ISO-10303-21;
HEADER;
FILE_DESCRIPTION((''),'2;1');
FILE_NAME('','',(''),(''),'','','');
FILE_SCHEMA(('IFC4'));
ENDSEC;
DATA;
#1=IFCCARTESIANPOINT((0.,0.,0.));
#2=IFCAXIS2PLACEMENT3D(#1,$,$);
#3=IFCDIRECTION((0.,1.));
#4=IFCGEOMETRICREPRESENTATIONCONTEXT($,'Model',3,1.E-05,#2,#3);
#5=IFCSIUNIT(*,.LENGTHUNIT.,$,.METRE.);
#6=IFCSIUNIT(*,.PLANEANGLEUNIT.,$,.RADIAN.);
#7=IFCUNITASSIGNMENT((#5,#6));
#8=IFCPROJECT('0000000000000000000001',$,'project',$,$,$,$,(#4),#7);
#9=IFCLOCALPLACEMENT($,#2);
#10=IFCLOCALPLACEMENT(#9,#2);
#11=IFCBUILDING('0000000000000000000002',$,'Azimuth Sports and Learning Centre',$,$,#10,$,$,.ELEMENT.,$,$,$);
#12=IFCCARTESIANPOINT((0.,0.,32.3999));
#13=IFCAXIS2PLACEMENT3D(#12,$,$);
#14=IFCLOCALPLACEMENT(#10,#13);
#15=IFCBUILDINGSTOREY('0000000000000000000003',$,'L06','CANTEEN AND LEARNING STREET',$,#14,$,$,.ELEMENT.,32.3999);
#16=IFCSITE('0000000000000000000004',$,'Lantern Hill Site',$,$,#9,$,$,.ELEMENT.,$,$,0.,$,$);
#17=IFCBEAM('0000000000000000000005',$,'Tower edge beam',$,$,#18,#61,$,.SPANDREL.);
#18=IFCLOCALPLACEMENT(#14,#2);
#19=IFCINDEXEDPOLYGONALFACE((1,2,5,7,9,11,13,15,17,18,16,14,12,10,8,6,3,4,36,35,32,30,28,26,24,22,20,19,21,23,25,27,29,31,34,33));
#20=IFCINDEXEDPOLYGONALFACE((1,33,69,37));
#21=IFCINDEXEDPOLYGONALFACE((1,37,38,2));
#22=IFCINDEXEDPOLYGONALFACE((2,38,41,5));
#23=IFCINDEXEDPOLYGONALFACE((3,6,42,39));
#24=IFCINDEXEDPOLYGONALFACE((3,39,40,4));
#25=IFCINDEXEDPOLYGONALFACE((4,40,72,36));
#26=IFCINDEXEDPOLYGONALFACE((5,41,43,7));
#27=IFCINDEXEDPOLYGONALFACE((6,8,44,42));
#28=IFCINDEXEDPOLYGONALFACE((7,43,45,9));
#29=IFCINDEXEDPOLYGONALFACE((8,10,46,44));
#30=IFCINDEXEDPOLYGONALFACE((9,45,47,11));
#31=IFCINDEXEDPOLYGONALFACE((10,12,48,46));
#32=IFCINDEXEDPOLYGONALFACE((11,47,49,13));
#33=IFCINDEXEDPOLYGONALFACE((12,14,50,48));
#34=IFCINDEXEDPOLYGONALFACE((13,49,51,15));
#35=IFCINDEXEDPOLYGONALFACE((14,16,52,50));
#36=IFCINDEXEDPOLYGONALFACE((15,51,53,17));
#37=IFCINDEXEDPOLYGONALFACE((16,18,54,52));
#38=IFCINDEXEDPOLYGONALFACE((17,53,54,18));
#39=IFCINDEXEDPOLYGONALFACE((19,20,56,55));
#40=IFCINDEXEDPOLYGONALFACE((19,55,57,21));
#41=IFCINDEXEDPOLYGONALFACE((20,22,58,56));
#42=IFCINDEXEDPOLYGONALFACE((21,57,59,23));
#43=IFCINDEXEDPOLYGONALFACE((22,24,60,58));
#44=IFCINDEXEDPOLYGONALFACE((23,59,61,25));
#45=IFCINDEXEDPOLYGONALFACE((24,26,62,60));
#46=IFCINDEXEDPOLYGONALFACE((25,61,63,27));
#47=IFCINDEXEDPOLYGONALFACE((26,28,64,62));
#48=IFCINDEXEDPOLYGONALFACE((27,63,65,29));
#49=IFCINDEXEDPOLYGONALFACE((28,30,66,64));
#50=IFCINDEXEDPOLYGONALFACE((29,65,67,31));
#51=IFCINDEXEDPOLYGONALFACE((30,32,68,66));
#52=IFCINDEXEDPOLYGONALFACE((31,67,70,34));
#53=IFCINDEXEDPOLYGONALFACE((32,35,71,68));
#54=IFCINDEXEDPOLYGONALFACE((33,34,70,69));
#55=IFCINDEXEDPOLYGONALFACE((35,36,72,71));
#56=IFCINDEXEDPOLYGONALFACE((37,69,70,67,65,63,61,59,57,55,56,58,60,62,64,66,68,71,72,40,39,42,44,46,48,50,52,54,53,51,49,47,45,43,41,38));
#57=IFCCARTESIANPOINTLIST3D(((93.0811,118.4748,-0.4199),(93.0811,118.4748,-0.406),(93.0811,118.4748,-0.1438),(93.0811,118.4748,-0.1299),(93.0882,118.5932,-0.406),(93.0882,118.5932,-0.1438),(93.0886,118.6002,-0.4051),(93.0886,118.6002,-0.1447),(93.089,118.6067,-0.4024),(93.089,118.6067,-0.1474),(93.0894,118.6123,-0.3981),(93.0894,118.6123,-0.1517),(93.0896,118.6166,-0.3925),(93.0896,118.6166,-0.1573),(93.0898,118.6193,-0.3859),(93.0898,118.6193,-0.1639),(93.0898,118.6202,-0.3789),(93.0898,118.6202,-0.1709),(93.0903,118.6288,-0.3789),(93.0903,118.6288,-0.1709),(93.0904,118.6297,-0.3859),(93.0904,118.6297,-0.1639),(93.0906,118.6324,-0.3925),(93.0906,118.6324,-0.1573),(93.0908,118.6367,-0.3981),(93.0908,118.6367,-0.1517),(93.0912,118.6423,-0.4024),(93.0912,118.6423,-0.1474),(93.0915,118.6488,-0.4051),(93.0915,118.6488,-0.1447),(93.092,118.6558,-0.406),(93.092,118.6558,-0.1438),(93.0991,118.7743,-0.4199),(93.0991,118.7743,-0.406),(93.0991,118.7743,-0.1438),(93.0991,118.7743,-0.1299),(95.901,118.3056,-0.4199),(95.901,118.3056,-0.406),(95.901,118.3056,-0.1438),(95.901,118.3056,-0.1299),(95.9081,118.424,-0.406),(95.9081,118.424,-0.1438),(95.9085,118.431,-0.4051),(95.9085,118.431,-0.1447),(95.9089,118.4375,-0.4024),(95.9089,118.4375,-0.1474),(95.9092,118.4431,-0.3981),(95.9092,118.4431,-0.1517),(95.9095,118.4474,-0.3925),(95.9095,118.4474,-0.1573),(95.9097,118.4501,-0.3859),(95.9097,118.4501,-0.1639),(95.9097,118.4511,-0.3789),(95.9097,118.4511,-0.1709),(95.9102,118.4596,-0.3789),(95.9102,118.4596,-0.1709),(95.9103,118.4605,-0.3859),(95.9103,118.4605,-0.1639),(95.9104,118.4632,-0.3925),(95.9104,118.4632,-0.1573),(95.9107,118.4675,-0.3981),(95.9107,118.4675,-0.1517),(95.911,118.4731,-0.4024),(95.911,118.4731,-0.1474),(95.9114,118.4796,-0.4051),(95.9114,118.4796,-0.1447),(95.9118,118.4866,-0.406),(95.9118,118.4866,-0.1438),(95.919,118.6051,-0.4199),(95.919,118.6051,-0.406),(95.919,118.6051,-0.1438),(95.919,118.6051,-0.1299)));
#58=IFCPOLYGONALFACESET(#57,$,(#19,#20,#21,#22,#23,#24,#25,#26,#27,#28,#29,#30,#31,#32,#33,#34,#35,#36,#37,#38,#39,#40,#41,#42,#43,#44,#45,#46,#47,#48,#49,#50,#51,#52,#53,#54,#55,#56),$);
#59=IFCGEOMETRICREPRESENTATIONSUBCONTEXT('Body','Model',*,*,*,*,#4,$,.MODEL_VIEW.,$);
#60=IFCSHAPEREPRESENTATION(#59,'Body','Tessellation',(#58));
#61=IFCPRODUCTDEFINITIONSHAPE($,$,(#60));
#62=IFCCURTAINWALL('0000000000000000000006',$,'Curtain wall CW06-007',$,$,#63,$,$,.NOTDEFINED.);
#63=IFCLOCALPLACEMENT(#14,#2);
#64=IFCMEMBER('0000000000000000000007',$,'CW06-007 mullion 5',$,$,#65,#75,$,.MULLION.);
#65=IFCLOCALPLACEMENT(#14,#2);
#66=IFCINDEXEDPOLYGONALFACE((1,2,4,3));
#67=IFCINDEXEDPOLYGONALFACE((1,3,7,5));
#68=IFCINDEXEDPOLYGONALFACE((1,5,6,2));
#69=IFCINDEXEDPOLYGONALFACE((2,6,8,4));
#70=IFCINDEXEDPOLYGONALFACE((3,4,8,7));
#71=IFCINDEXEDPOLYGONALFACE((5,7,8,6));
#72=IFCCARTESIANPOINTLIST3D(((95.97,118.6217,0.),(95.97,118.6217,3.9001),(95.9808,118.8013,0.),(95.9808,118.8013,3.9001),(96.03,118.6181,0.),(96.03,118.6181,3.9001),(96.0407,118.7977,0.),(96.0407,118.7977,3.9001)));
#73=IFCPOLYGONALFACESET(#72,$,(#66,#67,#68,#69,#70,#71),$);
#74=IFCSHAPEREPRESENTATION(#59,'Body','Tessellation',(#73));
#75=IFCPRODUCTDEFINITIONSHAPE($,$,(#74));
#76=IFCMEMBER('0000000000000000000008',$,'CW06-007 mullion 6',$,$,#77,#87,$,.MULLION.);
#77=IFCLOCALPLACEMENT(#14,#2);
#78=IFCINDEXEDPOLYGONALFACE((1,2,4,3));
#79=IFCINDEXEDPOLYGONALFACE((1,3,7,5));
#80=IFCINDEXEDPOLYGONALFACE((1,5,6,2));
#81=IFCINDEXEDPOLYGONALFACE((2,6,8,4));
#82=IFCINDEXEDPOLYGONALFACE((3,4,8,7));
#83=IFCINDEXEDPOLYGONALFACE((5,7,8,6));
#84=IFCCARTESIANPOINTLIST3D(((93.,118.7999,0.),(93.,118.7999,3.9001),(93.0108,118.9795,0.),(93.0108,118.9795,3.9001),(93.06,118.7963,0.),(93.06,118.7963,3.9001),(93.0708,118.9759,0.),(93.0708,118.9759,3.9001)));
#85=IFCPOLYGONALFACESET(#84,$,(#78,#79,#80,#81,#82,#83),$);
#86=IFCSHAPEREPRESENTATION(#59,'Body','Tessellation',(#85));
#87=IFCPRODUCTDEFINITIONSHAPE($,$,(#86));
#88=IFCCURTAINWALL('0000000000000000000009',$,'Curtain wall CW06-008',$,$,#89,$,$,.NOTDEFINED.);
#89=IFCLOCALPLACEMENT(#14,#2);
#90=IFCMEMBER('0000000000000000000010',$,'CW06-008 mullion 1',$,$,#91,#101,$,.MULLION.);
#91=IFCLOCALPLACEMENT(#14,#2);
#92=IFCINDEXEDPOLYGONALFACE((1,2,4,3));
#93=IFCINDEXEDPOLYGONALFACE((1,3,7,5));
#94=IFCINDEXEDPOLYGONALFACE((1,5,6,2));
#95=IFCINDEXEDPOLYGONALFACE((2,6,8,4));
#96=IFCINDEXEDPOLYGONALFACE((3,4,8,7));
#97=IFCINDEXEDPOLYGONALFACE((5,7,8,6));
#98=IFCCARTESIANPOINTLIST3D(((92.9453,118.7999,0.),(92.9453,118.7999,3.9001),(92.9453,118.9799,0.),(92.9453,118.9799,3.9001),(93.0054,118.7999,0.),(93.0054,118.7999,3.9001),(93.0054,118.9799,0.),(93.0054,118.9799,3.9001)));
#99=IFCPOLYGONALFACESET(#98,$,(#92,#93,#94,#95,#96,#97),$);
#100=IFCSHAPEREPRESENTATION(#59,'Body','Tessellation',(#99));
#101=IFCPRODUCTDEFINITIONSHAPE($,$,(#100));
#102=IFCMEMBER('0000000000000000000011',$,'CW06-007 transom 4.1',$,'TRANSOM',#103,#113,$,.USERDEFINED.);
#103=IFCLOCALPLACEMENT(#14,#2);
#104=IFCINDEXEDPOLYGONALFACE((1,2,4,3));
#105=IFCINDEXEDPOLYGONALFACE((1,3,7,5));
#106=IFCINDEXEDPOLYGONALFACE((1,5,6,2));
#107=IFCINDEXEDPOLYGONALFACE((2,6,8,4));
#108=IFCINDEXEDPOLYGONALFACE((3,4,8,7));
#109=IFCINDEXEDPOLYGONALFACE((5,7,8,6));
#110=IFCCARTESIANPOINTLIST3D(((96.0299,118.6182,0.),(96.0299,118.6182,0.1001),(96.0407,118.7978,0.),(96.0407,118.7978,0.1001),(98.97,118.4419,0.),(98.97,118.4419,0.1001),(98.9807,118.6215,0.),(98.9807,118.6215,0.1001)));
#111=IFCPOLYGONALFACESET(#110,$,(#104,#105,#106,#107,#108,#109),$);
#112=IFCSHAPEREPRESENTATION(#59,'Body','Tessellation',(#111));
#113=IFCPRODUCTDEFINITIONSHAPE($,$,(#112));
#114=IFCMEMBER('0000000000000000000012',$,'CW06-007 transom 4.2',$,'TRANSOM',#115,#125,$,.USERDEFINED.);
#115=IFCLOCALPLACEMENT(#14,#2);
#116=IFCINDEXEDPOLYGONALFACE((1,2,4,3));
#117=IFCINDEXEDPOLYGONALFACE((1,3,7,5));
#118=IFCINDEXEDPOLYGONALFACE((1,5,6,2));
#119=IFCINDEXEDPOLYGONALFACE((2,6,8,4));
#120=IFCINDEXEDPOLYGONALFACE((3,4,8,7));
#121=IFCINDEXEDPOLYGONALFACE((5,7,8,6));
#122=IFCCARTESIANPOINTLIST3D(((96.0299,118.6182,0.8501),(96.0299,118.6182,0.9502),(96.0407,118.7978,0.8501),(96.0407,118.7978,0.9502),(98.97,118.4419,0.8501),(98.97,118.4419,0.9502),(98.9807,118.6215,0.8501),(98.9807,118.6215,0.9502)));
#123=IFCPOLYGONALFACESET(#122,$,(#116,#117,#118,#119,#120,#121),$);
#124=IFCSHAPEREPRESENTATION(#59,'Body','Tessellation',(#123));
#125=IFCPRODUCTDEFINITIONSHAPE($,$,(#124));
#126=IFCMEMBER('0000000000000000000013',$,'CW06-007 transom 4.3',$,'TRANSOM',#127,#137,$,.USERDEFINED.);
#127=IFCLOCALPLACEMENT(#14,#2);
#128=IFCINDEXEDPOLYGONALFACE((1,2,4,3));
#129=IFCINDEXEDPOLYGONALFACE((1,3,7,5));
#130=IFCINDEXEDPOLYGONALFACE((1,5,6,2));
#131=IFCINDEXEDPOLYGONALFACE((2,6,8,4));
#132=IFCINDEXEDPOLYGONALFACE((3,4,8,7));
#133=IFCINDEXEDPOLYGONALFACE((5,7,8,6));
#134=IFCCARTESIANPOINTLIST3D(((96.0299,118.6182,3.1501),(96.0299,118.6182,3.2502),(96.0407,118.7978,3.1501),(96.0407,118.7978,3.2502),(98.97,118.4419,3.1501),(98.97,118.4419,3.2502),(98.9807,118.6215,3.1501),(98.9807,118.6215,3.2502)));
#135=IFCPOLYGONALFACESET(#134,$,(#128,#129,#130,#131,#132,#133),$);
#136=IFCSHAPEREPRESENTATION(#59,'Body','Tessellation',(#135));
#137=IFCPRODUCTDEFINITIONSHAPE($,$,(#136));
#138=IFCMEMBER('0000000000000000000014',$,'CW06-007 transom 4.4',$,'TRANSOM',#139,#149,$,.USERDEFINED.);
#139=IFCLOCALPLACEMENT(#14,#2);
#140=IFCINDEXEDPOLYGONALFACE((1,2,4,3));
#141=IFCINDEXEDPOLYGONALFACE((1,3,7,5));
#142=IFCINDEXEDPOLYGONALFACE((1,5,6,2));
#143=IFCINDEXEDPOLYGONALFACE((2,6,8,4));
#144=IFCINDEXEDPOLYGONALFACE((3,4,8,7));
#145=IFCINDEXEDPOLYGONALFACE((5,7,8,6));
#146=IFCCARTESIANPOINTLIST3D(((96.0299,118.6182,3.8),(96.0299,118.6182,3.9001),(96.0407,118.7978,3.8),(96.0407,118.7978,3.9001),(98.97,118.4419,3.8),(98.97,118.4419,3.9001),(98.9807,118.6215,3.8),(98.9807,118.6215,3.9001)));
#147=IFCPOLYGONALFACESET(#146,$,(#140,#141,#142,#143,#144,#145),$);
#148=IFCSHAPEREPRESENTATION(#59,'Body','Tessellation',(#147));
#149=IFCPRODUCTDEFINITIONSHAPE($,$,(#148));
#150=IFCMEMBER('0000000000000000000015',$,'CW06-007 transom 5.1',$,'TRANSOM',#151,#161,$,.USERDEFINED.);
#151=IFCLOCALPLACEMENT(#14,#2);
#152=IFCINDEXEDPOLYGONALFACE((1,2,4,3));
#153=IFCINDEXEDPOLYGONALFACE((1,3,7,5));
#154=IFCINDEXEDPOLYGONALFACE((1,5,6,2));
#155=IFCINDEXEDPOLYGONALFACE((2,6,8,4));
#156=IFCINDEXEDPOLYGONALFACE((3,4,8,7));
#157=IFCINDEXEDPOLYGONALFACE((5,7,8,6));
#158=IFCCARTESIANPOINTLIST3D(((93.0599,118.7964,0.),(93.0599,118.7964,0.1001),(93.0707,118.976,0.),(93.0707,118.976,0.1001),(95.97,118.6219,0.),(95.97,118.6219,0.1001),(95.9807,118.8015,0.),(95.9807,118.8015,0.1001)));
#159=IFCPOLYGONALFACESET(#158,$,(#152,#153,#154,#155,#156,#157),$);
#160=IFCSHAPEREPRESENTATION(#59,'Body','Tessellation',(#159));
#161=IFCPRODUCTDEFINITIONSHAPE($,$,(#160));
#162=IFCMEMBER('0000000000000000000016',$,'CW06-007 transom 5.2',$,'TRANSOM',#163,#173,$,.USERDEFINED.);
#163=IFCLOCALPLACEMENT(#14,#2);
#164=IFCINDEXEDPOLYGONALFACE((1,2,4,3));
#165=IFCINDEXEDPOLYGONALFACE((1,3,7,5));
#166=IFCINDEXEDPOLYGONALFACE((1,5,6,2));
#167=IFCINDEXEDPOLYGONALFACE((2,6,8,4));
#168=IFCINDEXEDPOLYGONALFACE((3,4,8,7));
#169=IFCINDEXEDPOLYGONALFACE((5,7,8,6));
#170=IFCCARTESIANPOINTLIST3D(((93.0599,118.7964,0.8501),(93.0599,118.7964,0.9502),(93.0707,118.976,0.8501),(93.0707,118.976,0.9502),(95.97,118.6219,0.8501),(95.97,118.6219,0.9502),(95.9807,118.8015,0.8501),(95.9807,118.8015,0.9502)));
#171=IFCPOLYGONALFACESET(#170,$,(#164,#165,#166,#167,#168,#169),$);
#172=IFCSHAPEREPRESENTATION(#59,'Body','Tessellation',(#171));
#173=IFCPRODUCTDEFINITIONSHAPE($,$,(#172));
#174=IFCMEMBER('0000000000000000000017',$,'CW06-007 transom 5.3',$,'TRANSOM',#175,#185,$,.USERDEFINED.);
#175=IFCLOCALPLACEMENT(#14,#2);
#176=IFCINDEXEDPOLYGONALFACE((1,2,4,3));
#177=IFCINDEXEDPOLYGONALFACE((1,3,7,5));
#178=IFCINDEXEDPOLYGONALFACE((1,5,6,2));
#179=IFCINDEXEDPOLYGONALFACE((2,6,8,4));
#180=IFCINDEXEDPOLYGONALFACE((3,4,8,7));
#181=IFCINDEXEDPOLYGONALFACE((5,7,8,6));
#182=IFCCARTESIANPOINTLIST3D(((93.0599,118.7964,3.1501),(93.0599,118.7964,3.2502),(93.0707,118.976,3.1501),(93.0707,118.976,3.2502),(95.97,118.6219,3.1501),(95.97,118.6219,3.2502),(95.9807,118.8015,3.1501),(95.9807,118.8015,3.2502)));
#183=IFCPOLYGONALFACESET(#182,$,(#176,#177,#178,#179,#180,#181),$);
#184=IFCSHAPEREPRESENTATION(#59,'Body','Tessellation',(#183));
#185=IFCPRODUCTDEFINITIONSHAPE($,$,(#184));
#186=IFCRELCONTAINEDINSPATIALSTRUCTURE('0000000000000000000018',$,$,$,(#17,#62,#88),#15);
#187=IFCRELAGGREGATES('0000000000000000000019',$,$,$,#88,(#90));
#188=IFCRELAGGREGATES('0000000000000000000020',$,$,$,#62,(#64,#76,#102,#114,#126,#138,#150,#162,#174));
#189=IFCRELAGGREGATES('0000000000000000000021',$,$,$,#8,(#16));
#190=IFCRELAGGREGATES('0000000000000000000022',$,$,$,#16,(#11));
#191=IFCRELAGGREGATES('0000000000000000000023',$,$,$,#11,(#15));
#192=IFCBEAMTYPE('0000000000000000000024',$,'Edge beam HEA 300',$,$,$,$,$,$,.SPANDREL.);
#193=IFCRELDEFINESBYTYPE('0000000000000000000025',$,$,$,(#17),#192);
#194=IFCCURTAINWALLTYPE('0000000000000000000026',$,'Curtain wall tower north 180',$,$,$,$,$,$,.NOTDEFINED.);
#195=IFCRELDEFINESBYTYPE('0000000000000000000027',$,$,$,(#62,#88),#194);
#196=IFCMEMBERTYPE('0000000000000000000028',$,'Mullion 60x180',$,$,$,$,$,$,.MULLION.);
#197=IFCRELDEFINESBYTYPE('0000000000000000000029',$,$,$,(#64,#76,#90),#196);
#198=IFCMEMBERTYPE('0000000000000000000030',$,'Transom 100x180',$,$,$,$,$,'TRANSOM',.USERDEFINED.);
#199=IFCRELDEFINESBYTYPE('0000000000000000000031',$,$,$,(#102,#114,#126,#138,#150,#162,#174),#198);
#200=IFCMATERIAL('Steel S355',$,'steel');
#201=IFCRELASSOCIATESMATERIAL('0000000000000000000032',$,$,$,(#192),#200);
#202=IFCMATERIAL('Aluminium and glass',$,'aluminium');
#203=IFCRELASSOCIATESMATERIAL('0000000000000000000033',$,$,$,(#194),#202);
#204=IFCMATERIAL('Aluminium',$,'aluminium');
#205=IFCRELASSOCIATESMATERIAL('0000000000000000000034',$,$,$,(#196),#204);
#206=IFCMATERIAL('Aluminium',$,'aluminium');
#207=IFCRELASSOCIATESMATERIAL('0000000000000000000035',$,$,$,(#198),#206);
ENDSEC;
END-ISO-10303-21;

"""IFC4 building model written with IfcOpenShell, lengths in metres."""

from ifc_helpers import new_model, si_unit, direction, frame, origin, origin_2d, place, context, subcontext, project, spatial, rectangle, i_section, extrude, material, material_profile, profile_set, type_object, element, aggregate, save


model = new_model("IFC4")

# Units and contexts
model_context = context("Model", 3, precision=1e-05, world=origin(), true_north=direction((0.0, 1.0)))
body_context = subcontext(model_context, "Body", "Model", "MODEL_VIEW")
ifc_project = project(units=[si_unit("LENGTHUNIT", "METRE"), si_unit("PLANEANGLEUNIT", "RADIAN")], contexts=[model_context])

# Site, building, storey
site_placement = place(None, origin())
site = spatial("IfcSite", under=ifc_project, at=site_placement, Name="Lantern Hill Site", CompositionType="ELEMENT", RefElevation=0.0)
building_placement = place(site_placement, origin())
building = spatial("IfcBuilding", under=site, at=building_placement, Name="Azimuth Sports and Learning Centre", CompositionType="ELEMENT")
storey_placement = place(building_placement, frame((0.0, 0.0, 32.3999)))
storey = spatial("IfcBuildingStorey", under=building, at=storey_placement, Name="L06", Description="CANTEEN AND LEARNING STREET", CompositionType="ELEMENT", Elevation=32.3999)

# Beam
ifc_material_1 = material(Name="Steel S355", Category="steel")
ifc_material_profile_1 = material_profile(ifc_material_1, i_section(OverallWidth=0.3, OverallDepth=0.29, WebThickness=0.0085, FlangeThickness=0.0139, FilletRadius=0.0271, at=origin_2d()), Name="HEA 300")
ifc_profile_set_1 = profile_set([ifc_material_profile_1], Name="Steel S355")
beam_type = type_object("IfcBeamType", Name="Edge beam HEA 300", PredefinedType="SPANDREL", material=ifc_profile_set_1)
beam_placement = place(storey_placement, frame((93.0901, 118.6245, -0.2749), z_axis=(0.998205, -0.059892, 0.0), x_axis=(0.059892, 0.998205, 0.0)))
element("IfcBeam", 1, at=beam_placement, inside=storey, type_object=beam_type, Name="Tower edge beam", PredefinedType="SPANDREL", context=body_context, shape_type="SweptSolid", body=[
    extrude(i_section(OverallWidth=0.3, OverallDepth=0.29, WebThickness=0.0085, FlangeThickness=0.0139, FilletRadius=0.0271, at=origin_2d()), origin(), (0.0, 0.0, 1.0), 2.825),
])

# Curtain wall, members
ifc_material_2 = material(Name="Aluminium and glass", Category="aluminium")
curtain_wall_type = type_object("IfcCurtainWallType", Name="Curtain wall tower north 180", PredefinedType="NOTDEFINED", material=ifc_material_2)
curtain_wall_1_placement = place(storey_placement, origin())
curtain_wall_1 = element("IfcCurtainWall", 2, at=curtain_wall_1_placement, inside=storey, type_object=curtain_wall_type, Name="Curtain wall CW06-007", PredefinedType="NOTDEFINED")
ifc_material_3 = material(Name="Aluminium", Category="aluminium")
ifc_material_profile_2 = material_profile(ifc_material_3, rectangle(XDim=0.1799, YDim=0.0601, at=origin_2d()), Name="Mullion 60x180")
ifc_profile_set_2 = profile_set([ifc_material_profile_2], Name="Aluminium")
member_type_1 = type_object("IfcMemberType", Name="Mullion 60x180", PredefinedType="MULLION", material=ifc_profile_set_2)
member_1_placement = place(storey_placement, frame((96.0054, 118.7097, 0.0), z_axis=(0.0, 0.0, 1.0), x_axis=(-0.059892, -0.998205, 0.0)))
member_1 = element("IfcMember", 3, at=member_1_placement, type_object=member_type_1, Name="CW06-007 mullion 5", PredefinedType="MULLION", context=body_context, shape_type="SweptSolid", body=[
    extrude(rectangle(XDim=0.1799, YDim=0.0601, at=origin_2d()), origin(), (0.0, 0.0, 1.0), 3.9001),
])
member_2_placement = place(storey_placement, frame((93.0354, 118.8879, 0.0), z_axis=(0.0, 0.0, 1.0), x_axis=(-0.059892, -0.998205, 0.0)))
member_2 = element("IfcMember", 4, at=member_2_placement, type_object=member_type_1, Name="CW06-007 mullion 6", PredefinedType="MULLION", context=body_context, shape_type="SweptSolid", body=[
    extrude(rectangle(XDim=0.1799, YDim=0.0601, at=origin_2d()), origin(), (0.0, 0.0, 1.0), 3.9001),
])

# Curtain wall, member
curtain_wall_2_placement = place(storey_placement, origin())
curtain_wall_2 = element("IfcCurtainWall", 5, at=curtain_wall_2_placement, inside=storey, type_object=curtain_wall_type, Name="Curtain wall CW06-008", PredefinedType="NOTDEFINED")
member_3_placement = place(storey_placement, frame((92.9753, 118.8899, 0.0), z_axis=(0.0, 0.0, 1.0), x_axis=(0.0, -1.0, 0.0)))
member_3 = element("IfcMember", 6, at=member_3_placement, type_object=member_type_1, Name="CW06-008 mullion 1", PredefinedType="MULLION", context=body_context, shape_type="SweptSolid", body=[
    extrude(rectangle(XDim=0.1799, YDim=0.0601, at=origin_2d()), origin(), (0.0, 0.0, 1.0), 3.9001),
])

# Members
ifc_material_4 = material(Name="Aluminium", Category="aluminium")
ifc_material_profile_3 = material_profile(ifc_material_4, rectangle(XDim=0.1799, YDim=0.1001, at=origin_2d()), Name="Transom 100x180")
ifc_profile_set_3 = profile_set([ifc_material_profile_3], Name="Aluminium")
member_type_2 = type_object("IfcMemberType", Name="Transom 100x180", ElementType="TRANSOM", PredefinedType="USERDEFINED", material=ifc_profile_set_3)
member_4_placement = place(storey_placement, frame((98.9753, 118.5317, 0.05), z_axis=(-0.998207, 0.059849, 0.0), x_axis=(-0.059849, -0.998207, 0.0)))
member_4 = element("IfcMember", 7, at=member_4_placement, type_object=member_type_2, Name="CW06-007 transom 4.1", ObjectType="TRANSOM", PredefinedType="USERDEFINED", context=body_context, shape_type="SweptSolid", body=[
    extrude(rectangle(XDim=0.1799, YDim=0.1001, at=origin_2d()), origin(), (0.0, 0.0, 1.0), 2.9453),
])
member_5_placement = place(storey_placement, frame((98.9753, 118.5317, 0.9001), z_axis=(-0.998207, 0.059849, 0.0), x_axis=(-0.059849, -0.998207, 0.0)))
member_5 = element("IfcMember", 8, at=member_5_placement, type_object=member_type_2, Name="CW06-007 transom 4.2", ObjectType="TRANSOM", PredefinedType="USERDEFINED", context=body_context, shape_type="SweptSolid", body=[
    extrude(rectangle(XDim=0.1799, YDim=0.1001, at=origin_2d()), origin(), (0.0, 0.0, 1.0), 2.9453),
])
member_6_placement = place(storey_placement, frame((98.9753, 118.5317, 3.2002), z_axis=(-0.998207, 0.059849, 0.0), x_axis=(-0.059849, -0.998207, 0.0)))
member_6 = element("IfcMember", 9, at=member_6_placement, type_object=member_type_2, Name="CW06-007 transom 4.3", ObjectType="TRANSOM", PredefinedType="USERDEFINED", context=body_context, shape_type="SweptSolid", body=[
    extrude(rectangle(XDim=0.1799, YDim=0.1001, at=origin_2d()), origin(), (0.0, 0.0, 1.0), 2.9453),
])
member_7_placement = place(storey_placement, frame((98.9753, 118.5317, 3.8501), z_axis=(-0.998207, 0.059849, 0.0), x_axis=(-0.059849, -0.998207, 0.0)))
member_7 = element("IfcMember", 10, at=member_7_placement, type_object=member_type_2, Name="CW06-007 transom 4.4", ObjectType="TRANSOM", PredefinedType="USERDEFINED", context=body_context, shape_type="SweptSolid", body=[
    extrude(rectangle(XDim=0.1799, YDim=0.1001, at=origin_2d()), origin(), (0.0, 0.0, 1.0), 2.9453),
])
member_8_placement = place(storey_placement, frame((95.9753, 118.7117, 0.05), z_axis=(-0.998206, 0.059876, 0.0), x_axis=(-0.059876, -0.998206, 0.0)))
member_8 = element("IfcMember", 11, at=member_8_placement, type_object=member_type_2, Name="CW06-007 transom 5.1", ObjectType="TRANSOM", PredefinedType="USERDEFINED", context=body_context, shape_type="SweptSolid", body=[
    extrude(rectangle(XDim=0.1799, YDim=0.1001, at=origin_2d()), origin(), (0.0, 0.0, 1.0), 2.9153),
])
member_9_placement = place(storey_placement, frame((95.9753, 118.7117, 0.9001), z_axis=(-0.998206, 0.059876, 0.0), x_axis=(-0.059876, -0.998206, 0.0)))
member_9 = element("IfcMember", 12, at=member_9_placement, type_object=member_type_2, Name="CW06-007 transom 5.2", ObjectType="TRANSOM", PredefinedType="USERDEFINED", context=body_context, shape_type="SweptSolid", body=[
    extrude(rectangle(XDim=0.1799, YDim=0.1001, at=origin_2d()), origin(), (0.0, 0.0, 1.0), 2.9153),
])
member_10_placement = place(storey_placement, frame((95.9753, 118.7117, 3.2002), z_axis=(-0.998206, 0.059876, 0.0), x_axis=(-0.059876, -0.998206, 0.0)))
member_10 = element("IfcMember", 13, at=member_10_placement, type_object=member_type_2, Name="CW06-007 transom 5.3", ObjectType="TRANSOM", PredefinedType="USERDEFINED", context=body_context, shape_type="SweptSolid", body=[
    extrude(rectangle(XDim=0.1799, YDim=0.1001, at=origin_2d()), origin(), (0.0, 0.0, 1.0), 2.9153),
])
aggregate(curtain_wall_2, [member_3])

aggregate(curtain_wall_1, [member_1, member_2, member_4, member_5, member_6, member_7, member_8, member_9, member_10])

save(model, "model.ifc")
